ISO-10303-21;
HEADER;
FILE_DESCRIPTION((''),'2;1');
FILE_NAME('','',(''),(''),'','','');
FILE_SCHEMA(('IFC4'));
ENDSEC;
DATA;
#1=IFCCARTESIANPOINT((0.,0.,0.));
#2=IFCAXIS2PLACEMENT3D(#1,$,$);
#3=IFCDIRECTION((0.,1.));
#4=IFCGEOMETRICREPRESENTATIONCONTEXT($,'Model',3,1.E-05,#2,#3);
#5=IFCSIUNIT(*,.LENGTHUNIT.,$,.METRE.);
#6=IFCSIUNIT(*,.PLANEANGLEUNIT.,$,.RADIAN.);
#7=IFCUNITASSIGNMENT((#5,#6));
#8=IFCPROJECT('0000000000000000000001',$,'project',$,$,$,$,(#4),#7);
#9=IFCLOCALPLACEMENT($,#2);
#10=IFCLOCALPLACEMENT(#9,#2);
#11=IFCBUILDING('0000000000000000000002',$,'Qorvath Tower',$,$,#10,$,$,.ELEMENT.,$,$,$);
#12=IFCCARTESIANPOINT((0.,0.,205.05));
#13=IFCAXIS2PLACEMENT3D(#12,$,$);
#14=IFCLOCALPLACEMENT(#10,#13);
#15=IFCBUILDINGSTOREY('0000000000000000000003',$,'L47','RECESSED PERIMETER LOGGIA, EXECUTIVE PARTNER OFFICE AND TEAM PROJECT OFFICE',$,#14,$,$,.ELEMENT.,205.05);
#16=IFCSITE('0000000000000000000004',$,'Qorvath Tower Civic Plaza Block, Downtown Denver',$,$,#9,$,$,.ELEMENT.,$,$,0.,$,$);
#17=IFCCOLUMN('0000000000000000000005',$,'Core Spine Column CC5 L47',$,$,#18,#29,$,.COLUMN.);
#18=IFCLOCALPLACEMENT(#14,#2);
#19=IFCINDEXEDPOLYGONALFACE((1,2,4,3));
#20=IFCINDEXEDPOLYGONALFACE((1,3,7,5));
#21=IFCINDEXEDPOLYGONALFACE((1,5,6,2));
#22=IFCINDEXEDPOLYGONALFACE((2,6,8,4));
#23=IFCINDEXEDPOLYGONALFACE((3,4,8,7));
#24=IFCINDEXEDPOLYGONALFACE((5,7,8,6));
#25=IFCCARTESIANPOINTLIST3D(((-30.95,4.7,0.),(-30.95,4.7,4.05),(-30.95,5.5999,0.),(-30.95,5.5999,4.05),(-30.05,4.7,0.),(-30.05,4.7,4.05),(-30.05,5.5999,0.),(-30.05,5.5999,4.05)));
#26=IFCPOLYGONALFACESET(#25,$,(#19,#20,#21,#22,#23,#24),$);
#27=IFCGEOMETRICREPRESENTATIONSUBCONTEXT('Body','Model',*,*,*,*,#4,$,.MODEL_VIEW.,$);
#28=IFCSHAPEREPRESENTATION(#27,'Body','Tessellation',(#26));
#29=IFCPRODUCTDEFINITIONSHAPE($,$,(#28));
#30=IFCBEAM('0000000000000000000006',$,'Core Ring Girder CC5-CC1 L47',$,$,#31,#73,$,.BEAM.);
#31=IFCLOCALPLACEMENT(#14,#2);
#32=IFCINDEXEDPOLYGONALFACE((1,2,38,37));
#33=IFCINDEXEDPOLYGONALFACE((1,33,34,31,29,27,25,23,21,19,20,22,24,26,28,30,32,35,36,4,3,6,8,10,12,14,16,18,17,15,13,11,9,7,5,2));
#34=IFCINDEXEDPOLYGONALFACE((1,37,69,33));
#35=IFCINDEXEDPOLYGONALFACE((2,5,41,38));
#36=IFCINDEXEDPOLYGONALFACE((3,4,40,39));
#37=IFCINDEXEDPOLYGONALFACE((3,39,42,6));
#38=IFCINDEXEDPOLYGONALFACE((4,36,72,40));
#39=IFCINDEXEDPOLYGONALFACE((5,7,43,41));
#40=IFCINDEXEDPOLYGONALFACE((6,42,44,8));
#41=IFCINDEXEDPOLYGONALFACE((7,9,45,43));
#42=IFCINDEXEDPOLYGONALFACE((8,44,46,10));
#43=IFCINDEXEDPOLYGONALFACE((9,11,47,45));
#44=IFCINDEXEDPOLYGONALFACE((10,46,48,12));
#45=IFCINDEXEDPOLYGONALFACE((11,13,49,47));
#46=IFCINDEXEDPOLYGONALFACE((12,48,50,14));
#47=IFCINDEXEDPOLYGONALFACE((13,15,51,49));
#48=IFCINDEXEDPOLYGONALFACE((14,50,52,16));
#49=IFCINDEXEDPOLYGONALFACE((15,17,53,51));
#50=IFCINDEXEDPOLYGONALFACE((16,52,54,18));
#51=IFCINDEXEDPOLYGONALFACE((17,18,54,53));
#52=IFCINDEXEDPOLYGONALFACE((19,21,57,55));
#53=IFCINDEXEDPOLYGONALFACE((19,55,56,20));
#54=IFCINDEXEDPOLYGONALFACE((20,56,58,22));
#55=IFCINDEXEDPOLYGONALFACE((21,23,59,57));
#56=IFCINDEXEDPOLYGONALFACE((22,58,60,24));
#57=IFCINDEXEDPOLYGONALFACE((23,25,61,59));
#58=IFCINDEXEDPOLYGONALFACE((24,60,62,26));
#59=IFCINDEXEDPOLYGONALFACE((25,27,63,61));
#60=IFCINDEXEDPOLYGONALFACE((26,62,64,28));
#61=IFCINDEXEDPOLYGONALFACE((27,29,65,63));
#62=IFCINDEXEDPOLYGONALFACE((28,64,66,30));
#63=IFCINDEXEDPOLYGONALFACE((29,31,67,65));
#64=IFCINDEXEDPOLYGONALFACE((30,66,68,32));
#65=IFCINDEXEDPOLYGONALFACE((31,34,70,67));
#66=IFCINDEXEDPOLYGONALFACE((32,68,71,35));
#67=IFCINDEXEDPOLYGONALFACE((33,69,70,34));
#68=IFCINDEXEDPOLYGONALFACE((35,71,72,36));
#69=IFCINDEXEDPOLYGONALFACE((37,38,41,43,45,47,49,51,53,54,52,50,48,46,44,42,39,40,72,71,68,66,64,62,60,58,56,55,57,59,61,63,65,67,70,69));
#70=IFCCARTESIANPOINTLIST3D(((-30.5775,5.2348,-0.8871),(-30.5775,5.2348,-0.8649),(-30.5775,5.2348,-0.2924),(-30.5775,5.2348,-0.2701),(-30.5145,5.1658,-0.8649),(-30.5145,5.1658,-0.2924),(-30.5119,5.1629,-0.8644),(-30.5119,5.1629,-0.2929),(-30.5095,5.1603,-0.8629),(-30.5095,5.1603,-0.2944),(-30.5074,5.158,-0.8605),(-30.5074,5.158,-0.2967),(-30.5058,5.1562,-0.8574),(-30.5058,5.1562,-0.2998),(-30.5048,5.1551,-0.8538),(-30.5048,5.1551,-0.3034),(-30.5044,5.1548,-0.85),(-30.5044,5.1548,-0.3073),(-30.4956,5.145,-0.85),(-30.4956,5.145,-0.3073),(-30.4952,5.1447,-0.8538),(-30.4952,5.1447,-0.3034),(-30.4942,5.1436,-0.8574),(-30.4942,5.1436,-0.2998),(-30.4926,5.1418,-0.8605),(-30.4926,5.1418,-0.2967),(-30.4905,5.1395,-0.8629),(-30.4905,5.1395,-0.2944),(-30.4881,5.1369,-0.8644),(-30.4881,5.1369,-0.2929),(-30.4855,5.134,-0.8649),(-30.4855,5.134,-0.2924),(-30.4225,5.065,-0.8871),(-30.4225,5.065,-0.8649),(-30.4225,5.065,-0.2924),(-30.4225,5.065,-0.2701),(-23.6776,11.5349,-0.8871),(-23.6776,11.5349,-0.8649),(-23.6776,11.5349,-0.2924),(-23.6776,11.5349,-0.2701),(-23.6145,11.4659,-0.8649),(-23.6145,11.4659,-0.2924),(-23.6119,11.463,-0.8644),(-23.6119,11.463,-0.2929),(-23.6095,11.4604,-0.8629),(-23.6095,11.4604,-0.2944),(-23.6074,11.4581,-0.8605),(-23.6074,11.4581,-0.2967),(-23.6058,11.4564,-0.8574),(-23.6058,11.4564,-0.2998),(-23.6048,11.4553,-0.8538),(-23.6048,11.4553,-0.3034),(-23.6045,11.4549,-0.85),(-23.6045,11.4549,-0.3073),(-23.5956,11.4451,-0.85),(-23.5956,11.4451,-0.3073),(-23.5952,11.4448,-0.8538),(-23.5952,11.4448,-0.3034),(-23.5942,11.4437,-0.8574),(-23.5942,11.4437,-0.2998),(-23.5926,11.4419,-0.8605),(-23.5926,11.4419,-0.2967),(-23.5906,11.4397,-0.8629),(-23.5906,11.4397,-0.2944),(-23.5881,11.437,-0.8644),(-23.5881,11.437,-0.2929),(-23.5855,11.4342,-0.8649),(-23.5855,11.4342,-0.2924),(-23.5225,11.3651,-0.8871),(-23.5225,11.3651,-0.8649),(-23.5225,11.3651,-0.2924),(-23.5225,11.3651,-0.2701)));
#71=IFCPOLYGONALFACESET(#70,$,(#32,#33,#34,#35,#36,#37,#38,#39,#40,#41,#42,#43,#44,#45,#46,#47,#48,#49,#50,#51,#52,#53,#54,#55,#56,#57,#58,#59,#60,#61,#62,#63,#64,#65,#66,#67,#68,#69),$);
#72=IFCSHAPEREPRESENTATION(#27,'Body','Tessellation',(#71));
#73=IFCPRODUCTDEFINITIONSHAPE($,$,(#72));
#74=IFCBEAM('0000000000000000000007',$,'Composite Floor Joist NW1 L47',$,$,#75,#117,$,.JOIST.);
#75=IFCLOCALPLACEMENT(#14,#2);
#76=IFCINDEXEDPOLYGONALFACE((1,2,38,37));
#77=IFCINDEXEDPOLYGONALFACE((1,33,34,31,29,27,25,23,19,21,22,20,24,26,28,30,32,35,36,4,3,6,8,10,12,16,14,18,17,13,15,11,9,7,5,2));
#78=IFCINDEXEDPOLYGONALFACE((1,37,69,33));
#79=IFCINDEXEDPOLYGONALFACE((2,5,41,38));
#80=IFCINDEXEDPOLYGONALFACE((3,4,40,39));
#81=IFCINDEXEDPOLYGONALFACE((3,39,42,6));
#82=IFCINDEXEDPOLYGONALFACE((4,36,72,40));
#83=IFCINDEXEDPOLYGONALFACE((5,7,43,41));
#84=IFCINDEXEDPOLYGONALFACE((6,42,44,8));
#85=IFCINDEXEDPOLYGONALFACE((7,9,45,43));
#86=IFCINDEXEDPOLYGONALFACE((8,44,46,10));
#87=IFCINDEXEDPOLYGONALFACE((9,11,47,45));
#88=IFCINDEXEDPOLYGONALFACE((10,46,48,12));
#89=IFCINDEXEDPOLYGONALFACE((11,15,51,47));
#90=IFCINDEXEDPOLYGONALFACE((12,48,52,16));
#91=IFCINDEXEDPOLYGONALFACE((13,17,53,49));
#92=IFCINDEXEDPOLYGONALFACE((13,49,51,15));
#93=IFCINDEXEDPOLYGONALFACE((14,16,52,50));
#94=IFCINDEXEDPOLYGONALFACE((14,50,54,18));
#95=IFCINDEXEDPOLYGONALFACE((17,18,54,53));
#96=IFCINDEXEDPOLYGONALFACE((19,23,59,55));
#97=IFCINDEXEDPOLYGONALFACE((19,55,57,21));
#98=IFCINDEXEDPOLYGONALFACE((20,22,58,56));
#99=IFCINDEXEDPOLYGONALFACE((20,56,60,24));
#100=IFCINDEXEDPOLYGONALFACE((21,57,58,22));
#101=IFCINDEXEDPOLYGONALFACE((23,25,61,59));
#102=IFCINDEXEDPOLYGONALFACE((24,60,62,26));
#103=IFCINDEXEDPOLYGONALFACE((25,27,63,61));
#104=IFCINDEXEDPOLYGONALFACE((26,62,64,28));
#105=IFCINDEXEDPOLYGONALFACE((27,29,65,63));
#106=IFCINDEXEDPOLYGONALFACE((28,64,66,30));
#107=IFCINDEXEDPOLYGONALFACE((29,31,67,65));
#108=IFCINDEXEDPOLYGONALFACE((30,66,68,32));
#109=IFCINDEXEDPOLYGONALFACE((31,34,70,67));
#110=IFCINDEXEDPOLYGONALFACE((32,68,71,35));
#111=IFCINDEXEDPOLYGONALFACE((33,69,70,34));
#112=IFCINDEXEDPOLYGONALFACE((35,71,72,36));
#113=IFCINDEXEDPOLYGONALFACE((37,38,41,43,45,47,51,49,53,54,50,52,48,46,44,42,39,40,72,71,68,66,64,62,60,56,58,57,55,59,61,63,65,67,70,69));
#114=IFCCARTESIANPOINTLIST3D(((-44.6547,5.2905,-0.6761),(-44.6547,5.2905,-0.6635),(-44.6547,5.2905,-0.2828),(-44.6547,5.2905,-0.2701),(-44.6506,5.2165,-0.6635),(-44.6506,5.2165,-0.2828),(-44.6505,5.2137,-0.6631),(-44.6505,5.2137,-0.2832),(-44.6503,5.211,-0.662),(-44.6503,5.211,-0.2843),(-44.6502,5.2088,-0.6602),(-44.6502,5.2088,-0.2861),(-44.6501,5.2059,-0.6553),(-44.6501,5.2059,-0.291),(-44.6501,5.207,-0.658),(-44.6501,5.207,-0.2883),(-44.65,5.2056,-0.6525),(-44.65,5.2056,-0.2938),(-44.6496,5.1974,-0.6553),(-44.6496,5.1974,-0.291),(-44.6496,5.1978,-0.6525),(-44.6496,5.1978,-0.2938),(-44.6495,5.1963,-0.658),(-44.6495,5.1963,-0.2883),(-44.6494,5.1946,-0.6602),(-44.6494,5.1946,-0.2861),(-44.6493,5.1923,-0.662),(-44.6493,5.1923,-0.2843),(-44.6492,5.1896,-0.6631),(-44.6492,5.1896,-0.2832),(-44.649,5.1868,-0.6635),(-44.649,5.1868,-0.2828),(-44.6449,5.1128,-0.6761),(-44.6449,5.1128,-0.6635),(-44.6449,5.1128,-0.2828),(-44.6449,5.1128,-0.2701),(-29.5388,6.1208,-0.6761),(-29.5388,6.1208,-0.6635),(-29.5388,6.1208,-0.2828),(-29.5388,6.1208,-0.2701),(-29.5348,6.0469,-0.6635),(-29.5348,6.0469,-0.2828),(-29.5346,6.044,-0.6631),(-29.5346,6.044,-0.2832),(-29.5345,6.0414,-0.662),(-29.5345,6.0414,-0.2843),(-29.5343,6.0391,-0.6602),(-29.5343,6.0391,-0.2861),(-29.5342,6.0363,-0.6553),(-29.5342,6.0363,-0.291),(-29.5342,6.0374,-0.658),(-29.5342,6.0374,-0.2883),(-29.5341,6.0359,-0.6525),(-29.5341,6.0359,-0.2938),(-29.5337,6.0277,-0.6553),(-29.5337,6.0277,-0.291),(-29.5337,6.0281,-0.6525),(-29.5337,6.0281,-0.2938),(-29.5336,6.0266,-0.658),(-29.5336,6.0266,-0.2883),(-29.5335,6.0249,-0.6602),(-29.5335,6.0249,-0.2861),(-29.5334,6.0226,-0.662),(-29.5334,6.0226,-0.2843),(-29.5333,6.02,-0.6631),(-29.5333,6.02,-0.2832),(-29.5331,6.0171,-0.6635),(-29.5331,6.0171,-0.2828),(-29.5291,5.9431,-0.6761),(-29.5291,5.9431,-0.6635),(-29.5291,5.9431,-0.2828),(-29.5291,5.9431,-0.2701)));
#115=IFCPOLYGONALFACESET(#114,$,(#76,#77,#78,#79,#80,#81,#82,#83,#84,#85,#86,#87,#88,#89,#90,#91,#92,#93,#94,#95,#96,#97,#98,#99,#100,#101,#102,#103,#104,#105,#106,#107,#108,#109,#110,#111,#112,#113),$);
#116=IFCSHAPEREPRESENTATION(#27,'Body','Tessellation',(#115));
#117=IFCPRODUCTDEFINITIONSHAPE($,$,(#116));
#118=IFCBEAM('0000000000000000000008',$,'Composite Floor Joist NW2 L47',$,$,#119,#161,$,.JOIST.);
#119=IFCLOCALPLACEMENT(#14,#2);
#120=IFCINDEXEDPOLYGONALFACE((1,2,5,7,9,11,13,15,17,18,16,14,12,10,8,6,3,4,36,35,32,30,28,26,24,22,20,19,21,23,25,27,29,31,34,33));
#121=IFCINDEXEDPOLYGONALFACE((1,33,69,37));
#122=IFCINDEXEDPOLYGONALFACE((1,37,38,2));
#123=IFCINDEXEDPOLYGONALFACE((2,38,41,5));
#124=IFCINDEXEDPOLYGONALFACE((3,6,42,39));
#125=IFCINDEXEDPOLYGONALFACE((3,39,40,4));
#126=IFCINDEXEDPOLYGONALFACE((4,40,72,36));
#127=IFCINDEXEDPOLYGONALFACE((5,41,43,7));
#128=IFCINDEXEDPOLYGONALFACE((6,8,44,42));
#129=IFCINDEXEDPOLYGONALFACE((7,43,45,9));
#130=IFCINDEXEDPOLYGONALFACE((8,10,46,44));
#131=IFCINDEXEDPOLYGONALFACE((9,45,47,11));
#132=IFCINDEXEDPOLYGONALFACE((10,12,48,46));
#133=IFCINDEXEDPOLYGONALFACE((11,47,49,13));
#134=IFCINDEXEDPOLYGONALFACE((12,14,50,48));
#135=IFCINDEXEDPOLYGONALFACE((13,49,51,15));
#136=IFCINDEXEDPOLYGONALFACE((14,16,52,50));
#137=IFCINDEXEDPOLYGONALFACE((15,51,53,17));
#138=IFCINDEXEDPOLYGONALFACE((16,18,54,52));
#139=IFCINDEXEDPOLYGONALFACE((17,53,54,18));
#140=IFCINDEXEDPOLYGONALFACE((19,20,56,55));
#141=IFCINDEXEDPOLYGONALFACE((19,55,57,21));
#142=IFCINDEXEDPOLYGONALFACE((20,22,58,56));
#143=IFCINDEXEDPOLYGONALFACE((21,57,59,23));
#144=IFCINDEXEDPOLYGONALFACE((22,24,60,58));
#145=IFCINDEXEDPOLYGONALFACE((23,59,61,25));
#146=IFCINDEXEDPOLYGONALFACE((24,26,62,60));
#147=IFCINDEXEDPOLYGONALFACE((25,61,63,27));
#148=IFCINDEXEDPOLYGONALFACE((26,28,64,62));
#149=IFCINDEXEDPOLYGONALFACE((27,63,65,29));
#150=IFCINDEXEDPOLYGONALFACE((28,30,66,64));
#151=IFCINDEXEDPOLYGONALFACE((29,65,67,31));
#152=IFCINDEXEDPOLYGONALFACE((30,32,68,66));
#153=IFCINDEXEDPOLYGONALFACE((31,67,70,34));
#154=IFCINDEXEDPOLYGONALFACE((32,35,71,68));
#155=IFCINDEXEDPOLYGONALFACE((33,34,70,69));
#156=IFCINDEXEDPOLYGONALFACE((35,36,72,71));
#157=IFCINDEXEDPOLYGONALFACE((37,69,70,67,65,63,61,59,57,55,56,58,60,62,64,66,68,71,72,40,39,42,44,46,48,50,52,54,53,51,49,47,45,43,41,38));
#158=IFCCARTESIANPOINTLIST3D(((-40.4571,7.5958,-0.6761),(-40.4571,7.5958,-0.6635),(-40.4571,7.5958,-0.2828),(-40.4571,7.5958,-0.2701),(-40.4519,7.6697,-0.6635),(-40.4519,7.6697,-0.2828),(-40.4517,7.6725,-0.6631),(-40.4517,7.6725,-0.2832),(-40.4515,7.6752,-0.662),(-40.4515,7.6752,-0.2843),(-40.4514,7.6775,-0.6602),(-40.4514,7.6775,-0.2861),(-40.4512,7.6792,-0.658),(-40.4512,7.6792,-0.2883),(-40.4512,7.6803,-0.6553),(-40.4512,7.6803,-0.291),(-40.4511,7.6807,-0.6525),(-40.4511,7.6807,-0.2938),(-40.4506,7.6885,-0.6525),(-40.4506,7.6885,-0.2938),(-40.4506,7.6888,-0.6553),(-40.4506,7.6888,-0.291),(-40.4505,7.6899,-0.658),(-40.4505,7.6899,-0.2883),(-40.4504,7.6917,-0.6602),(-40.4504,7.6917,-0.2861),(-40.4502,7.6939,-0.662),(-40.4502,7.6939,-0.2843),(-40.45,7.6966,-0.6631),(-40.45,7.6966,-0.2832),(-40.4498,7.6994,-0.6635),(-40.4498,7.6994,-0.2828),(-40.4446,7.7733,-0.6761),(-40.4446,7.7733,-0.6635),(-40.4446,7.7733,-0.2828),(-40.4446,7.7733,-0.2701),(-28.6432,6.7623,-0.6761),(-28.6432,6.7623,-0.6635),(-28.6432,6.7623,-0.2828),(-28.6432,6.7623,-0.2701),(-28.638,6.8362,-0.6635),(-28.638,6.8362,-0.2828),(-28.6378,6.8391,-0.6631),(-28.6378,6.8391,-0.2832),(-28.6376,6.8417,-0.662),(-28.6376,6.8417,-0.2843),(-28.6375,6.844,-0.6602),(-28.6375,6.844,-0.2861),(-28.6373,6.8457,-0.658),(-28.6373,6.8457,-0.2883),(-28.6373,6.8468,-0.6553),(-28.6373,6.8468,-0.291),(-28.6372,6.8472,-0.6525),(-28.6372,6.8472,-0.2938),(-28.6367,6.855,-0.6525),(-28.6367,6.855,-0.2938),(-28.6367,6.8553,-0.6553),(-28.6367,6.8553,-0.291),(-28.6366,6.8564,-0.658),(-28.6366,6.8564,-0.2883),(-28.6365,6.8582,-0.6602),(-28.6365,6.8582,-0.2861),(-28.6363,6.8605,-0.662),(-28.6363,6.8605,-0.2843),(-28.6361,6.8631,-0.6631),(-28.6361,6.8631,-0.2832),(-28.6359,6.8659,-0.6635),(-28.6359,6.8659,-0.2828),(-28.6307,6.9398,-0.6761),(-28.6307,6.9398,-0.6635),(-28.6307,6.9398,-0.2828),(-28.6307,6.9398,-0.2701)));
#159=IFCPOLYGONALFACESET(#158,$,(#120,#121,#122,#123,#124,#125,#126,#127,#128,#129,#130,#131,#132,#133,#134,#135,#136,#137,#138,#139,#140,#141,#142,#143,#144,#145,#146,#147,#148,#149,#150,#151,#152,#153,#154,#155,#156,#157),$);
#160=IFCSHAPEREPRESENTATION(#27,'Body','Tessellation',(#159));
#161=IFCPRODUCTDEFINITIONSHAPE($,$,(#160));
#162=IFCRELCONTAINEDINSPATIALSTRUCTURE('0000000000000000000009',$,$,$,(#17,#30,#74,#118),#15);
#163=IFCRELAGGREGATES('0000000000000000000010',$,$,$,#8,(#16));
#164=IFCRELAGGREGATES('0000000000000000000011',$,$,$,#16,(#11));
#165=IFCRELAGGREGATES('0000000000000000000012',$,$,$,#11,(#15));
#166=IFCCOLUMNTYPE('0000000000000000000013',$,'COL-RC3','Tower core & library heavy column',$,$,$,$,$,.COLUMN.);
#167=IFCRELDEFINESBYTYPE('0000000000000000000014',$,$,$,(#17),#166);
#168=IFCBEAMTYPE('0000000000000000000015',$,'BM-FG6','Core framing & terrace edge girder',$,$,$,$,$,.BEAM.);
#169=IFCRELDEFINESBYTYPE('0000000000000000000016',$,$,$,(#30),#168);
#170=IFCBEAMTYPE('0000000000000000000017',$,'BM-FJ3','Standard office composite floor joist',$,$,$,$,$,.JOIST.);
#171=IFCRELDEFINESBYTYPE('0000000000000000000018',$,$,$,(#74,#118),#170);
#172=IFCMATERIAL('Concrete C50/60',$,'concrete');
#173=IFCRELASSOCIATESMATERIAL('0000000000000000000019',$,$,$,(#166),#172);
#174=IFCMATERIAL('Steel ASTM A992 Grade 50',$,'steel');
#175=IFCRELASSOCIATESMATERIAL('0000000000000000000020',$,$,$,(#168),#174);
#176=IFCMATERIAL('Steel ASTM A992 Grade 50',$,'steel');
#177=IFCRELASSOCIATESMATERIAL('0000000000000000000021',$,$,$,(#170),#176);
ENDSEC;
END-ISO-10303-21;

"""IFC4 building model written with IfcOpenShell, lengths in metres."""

from ifc_helpers import new_model, si_unit, direction, frame, origin, origin_2d, place, context, subcontext, project, spatial, rectangle, i_section, extrude, material, material_profile, profile_set, type_object, element, save


model = new_model("IFC4")

# Units and contexts
model_context = context("Model", 3, precision=1e-05, world=origin(), true_north=direction((0.0, 1.0)))
body_context = subcontext(model_context, "Body", "Model", "MODEL_VIEW")
ifc_project = project(units=[si_unit("LENGTHUNIT", "METRE"), si_unit("PLANEANGLEUNIT", "RADIAN")], contexts=[model_context])

# Site, building, storey
site_placement = place(None, origin())
site = spatial("IfcSite", under=ifc_project, at=site_placement, Name="Qorvath Tower Civic Plaza Block, Downtown Denver", CompositionType="ELEMENT", RefElevation=0.0)
building_placement = place(site_placement, origin())
building = spatial("IfcBuilding", under=site, at=building_placement, Name="Qorvath Tower", CompositionType="ELEMENT")
storey_placement = place(building_placement, frame((0.0, 0.0, 205.05)))
storey = spatial("IfcBuildingStorey", under=building, at=storey_placement, Name="L47", Description="RECESSED PERIMETER LOGGIA, EXECUTIVE PARTNER OFFICE AND TEAM PROJECT OFFICE", CompositionType="ELEMENT", Elevation=205.05)

# Column
ifc_material_1 = material(Name="Concrete C50/60", Category="concrete")
ifc_material_profile_1 = material_profile(ifc_material_1, rectangle(XDim=0.8999, YDim=0.8999, at=origin_2d()), Name="RC 900x900")
ifc_profile_set_1 = profile_set([ifc_material_profile_1], Name="Concrete C50/60")
column_type = type_object("IfcColumnType", Name="COL-RC3", Description="Tower core & library heavy column", PredefinedType="COLUMN", material=ifc_profile_set_1)
column_placement = place(storey_placement, frame((-30.5, 5.1499, 0.0), z_axis=(0.0, 0.0, 1.0), x_axis=(1.0, 0.0, 0.0)))
element("IfcColumn", 1, at=column_placement, inside=storey, type_object=column_type, Name="Core Spine Column CC5 L47", PredefinedType="COLUMN", context=body_context, shape_type="SweptSolid", body=[
    extrude(rectangle(XDim=0.8999, YDim=0.8999, at=origin_2d()), origin(), (0.0, 0.0, 1.0), 4.05),
])

# Beams
ifc_material_2 = material(Name="Steel ASTM A992 Grade 50", Category="steel")
ifc_material_profile_2 = material_profile(ifc_material_2, i_section(OverallWidth=0.23, OverallDepth=0.6169, WebThickness=0.0132, FlangeThickness=0.0222, FilletRadius=0.0149, at=origin_2d()), Name="W24x94")
ifc_profile_set_2 = profile_set([ifc_material_profile_2], Name="Steel ASTM A992 Grade 50")
beam_type_1 = type_object("IfcBeamType", Name="BM-FG6", Description="Core framing & terrace edge girder", PredefinedType="BEAM", material=ifc_profile_set_2)
beam_1_placement = place(storey_placement, frame((-30.5, 5.1499, -0.5786), z_axis=(0.738478, 0.674277, 0.0), x_axis=(-0.674277, 0.738478, 0.0)))
element("IfcBeam", 2, at=beam_1_placement, inside=storey, type_object=beam_type_1, Name="Core Ring Girder CC5-CC1 L47", PredefinedType="BEAM", context=body_context, shape_type="SweptSolid", body=[
    extrude(i_section(OverallWidth=0.23, OverallDepth=0.6169, WebThickness=0.0132, FlangeThickness=0.0222, FilletRadius=0.0149, at=origin_2d()), origin(), (0.0, 0.0, 1.0), 9.3435),
])
ifc_material_3 = material(Name="Steel ASTM A992 Grade 50", Category="steel")
ifc_material_profile_3 = material_profile(ifc_material_3, i_section(OverallWidth=0.178, OverallDepth=0.406, WebThickness=0.0078, FlangeThickness=0.0127, FilletRadius=0.011, at=origin_2d()), Name="W16x40")
ifc_profile_set_3 = profile_set([ifc_material_profile_3], Name="Steel ASTM A992 Grade 50")
beam_type_2 = type_object("IfcBeamType", Name="BM-FJ3", Description="Standard office composite floor joist", PredefinedType="JOIST", material=ifc_profile_set_3)
beam_2_placement = place(storey_placement, frame((-29.5339, 6.032, -0.4731), z_axis=(-0.998495, -0.054847, 0.0), x_axis=(0.054847, -0.998495, 0.0)))
element("IfcBeam", 3, at=beam_2_placement, inside=storey, type_object=beam_type_2, Name="Composite Floor Joist NW1 L47", PredefinedType="JOIST", context=body_context, shape_type="SweptSolid", body=[
    extrude(i_section(OverallWidth=0.178, OverallDepth=0.406, WebThickness=0.0078, FlangeThickness=0.0127, FilletRadius=0.011, at=origin_2d()), origin(), (0.0, 0.0, 1.0), 15.1387),
])
beam_3_placement = place(storey_placement, frame((-28.637, 6.8511, -0.4731), z_axis=(-0.99752, 0.070377, 0.0), x_axis=(-0.070377, -0.99752, 0.0)))
element("IfcBeam", 4, at=beam_3_placement, inside=storey, type_object=beam_type_2, Name="Composite Floor Joist NW2 L47", PredefinedType="JOIST", context=body_context, shape_type="SweptSolid", body=[
    extrude(i_section(OverallWidth=0.178, OverallDepth=0.406, WebThickness=0.0078, FlangeThickness=0.0127, FilletRadius=0.011, at=origin_2d()), origin(), (0.0, 0.0, 1.0), 11.8433),
])

save(model, "model.ifc")
